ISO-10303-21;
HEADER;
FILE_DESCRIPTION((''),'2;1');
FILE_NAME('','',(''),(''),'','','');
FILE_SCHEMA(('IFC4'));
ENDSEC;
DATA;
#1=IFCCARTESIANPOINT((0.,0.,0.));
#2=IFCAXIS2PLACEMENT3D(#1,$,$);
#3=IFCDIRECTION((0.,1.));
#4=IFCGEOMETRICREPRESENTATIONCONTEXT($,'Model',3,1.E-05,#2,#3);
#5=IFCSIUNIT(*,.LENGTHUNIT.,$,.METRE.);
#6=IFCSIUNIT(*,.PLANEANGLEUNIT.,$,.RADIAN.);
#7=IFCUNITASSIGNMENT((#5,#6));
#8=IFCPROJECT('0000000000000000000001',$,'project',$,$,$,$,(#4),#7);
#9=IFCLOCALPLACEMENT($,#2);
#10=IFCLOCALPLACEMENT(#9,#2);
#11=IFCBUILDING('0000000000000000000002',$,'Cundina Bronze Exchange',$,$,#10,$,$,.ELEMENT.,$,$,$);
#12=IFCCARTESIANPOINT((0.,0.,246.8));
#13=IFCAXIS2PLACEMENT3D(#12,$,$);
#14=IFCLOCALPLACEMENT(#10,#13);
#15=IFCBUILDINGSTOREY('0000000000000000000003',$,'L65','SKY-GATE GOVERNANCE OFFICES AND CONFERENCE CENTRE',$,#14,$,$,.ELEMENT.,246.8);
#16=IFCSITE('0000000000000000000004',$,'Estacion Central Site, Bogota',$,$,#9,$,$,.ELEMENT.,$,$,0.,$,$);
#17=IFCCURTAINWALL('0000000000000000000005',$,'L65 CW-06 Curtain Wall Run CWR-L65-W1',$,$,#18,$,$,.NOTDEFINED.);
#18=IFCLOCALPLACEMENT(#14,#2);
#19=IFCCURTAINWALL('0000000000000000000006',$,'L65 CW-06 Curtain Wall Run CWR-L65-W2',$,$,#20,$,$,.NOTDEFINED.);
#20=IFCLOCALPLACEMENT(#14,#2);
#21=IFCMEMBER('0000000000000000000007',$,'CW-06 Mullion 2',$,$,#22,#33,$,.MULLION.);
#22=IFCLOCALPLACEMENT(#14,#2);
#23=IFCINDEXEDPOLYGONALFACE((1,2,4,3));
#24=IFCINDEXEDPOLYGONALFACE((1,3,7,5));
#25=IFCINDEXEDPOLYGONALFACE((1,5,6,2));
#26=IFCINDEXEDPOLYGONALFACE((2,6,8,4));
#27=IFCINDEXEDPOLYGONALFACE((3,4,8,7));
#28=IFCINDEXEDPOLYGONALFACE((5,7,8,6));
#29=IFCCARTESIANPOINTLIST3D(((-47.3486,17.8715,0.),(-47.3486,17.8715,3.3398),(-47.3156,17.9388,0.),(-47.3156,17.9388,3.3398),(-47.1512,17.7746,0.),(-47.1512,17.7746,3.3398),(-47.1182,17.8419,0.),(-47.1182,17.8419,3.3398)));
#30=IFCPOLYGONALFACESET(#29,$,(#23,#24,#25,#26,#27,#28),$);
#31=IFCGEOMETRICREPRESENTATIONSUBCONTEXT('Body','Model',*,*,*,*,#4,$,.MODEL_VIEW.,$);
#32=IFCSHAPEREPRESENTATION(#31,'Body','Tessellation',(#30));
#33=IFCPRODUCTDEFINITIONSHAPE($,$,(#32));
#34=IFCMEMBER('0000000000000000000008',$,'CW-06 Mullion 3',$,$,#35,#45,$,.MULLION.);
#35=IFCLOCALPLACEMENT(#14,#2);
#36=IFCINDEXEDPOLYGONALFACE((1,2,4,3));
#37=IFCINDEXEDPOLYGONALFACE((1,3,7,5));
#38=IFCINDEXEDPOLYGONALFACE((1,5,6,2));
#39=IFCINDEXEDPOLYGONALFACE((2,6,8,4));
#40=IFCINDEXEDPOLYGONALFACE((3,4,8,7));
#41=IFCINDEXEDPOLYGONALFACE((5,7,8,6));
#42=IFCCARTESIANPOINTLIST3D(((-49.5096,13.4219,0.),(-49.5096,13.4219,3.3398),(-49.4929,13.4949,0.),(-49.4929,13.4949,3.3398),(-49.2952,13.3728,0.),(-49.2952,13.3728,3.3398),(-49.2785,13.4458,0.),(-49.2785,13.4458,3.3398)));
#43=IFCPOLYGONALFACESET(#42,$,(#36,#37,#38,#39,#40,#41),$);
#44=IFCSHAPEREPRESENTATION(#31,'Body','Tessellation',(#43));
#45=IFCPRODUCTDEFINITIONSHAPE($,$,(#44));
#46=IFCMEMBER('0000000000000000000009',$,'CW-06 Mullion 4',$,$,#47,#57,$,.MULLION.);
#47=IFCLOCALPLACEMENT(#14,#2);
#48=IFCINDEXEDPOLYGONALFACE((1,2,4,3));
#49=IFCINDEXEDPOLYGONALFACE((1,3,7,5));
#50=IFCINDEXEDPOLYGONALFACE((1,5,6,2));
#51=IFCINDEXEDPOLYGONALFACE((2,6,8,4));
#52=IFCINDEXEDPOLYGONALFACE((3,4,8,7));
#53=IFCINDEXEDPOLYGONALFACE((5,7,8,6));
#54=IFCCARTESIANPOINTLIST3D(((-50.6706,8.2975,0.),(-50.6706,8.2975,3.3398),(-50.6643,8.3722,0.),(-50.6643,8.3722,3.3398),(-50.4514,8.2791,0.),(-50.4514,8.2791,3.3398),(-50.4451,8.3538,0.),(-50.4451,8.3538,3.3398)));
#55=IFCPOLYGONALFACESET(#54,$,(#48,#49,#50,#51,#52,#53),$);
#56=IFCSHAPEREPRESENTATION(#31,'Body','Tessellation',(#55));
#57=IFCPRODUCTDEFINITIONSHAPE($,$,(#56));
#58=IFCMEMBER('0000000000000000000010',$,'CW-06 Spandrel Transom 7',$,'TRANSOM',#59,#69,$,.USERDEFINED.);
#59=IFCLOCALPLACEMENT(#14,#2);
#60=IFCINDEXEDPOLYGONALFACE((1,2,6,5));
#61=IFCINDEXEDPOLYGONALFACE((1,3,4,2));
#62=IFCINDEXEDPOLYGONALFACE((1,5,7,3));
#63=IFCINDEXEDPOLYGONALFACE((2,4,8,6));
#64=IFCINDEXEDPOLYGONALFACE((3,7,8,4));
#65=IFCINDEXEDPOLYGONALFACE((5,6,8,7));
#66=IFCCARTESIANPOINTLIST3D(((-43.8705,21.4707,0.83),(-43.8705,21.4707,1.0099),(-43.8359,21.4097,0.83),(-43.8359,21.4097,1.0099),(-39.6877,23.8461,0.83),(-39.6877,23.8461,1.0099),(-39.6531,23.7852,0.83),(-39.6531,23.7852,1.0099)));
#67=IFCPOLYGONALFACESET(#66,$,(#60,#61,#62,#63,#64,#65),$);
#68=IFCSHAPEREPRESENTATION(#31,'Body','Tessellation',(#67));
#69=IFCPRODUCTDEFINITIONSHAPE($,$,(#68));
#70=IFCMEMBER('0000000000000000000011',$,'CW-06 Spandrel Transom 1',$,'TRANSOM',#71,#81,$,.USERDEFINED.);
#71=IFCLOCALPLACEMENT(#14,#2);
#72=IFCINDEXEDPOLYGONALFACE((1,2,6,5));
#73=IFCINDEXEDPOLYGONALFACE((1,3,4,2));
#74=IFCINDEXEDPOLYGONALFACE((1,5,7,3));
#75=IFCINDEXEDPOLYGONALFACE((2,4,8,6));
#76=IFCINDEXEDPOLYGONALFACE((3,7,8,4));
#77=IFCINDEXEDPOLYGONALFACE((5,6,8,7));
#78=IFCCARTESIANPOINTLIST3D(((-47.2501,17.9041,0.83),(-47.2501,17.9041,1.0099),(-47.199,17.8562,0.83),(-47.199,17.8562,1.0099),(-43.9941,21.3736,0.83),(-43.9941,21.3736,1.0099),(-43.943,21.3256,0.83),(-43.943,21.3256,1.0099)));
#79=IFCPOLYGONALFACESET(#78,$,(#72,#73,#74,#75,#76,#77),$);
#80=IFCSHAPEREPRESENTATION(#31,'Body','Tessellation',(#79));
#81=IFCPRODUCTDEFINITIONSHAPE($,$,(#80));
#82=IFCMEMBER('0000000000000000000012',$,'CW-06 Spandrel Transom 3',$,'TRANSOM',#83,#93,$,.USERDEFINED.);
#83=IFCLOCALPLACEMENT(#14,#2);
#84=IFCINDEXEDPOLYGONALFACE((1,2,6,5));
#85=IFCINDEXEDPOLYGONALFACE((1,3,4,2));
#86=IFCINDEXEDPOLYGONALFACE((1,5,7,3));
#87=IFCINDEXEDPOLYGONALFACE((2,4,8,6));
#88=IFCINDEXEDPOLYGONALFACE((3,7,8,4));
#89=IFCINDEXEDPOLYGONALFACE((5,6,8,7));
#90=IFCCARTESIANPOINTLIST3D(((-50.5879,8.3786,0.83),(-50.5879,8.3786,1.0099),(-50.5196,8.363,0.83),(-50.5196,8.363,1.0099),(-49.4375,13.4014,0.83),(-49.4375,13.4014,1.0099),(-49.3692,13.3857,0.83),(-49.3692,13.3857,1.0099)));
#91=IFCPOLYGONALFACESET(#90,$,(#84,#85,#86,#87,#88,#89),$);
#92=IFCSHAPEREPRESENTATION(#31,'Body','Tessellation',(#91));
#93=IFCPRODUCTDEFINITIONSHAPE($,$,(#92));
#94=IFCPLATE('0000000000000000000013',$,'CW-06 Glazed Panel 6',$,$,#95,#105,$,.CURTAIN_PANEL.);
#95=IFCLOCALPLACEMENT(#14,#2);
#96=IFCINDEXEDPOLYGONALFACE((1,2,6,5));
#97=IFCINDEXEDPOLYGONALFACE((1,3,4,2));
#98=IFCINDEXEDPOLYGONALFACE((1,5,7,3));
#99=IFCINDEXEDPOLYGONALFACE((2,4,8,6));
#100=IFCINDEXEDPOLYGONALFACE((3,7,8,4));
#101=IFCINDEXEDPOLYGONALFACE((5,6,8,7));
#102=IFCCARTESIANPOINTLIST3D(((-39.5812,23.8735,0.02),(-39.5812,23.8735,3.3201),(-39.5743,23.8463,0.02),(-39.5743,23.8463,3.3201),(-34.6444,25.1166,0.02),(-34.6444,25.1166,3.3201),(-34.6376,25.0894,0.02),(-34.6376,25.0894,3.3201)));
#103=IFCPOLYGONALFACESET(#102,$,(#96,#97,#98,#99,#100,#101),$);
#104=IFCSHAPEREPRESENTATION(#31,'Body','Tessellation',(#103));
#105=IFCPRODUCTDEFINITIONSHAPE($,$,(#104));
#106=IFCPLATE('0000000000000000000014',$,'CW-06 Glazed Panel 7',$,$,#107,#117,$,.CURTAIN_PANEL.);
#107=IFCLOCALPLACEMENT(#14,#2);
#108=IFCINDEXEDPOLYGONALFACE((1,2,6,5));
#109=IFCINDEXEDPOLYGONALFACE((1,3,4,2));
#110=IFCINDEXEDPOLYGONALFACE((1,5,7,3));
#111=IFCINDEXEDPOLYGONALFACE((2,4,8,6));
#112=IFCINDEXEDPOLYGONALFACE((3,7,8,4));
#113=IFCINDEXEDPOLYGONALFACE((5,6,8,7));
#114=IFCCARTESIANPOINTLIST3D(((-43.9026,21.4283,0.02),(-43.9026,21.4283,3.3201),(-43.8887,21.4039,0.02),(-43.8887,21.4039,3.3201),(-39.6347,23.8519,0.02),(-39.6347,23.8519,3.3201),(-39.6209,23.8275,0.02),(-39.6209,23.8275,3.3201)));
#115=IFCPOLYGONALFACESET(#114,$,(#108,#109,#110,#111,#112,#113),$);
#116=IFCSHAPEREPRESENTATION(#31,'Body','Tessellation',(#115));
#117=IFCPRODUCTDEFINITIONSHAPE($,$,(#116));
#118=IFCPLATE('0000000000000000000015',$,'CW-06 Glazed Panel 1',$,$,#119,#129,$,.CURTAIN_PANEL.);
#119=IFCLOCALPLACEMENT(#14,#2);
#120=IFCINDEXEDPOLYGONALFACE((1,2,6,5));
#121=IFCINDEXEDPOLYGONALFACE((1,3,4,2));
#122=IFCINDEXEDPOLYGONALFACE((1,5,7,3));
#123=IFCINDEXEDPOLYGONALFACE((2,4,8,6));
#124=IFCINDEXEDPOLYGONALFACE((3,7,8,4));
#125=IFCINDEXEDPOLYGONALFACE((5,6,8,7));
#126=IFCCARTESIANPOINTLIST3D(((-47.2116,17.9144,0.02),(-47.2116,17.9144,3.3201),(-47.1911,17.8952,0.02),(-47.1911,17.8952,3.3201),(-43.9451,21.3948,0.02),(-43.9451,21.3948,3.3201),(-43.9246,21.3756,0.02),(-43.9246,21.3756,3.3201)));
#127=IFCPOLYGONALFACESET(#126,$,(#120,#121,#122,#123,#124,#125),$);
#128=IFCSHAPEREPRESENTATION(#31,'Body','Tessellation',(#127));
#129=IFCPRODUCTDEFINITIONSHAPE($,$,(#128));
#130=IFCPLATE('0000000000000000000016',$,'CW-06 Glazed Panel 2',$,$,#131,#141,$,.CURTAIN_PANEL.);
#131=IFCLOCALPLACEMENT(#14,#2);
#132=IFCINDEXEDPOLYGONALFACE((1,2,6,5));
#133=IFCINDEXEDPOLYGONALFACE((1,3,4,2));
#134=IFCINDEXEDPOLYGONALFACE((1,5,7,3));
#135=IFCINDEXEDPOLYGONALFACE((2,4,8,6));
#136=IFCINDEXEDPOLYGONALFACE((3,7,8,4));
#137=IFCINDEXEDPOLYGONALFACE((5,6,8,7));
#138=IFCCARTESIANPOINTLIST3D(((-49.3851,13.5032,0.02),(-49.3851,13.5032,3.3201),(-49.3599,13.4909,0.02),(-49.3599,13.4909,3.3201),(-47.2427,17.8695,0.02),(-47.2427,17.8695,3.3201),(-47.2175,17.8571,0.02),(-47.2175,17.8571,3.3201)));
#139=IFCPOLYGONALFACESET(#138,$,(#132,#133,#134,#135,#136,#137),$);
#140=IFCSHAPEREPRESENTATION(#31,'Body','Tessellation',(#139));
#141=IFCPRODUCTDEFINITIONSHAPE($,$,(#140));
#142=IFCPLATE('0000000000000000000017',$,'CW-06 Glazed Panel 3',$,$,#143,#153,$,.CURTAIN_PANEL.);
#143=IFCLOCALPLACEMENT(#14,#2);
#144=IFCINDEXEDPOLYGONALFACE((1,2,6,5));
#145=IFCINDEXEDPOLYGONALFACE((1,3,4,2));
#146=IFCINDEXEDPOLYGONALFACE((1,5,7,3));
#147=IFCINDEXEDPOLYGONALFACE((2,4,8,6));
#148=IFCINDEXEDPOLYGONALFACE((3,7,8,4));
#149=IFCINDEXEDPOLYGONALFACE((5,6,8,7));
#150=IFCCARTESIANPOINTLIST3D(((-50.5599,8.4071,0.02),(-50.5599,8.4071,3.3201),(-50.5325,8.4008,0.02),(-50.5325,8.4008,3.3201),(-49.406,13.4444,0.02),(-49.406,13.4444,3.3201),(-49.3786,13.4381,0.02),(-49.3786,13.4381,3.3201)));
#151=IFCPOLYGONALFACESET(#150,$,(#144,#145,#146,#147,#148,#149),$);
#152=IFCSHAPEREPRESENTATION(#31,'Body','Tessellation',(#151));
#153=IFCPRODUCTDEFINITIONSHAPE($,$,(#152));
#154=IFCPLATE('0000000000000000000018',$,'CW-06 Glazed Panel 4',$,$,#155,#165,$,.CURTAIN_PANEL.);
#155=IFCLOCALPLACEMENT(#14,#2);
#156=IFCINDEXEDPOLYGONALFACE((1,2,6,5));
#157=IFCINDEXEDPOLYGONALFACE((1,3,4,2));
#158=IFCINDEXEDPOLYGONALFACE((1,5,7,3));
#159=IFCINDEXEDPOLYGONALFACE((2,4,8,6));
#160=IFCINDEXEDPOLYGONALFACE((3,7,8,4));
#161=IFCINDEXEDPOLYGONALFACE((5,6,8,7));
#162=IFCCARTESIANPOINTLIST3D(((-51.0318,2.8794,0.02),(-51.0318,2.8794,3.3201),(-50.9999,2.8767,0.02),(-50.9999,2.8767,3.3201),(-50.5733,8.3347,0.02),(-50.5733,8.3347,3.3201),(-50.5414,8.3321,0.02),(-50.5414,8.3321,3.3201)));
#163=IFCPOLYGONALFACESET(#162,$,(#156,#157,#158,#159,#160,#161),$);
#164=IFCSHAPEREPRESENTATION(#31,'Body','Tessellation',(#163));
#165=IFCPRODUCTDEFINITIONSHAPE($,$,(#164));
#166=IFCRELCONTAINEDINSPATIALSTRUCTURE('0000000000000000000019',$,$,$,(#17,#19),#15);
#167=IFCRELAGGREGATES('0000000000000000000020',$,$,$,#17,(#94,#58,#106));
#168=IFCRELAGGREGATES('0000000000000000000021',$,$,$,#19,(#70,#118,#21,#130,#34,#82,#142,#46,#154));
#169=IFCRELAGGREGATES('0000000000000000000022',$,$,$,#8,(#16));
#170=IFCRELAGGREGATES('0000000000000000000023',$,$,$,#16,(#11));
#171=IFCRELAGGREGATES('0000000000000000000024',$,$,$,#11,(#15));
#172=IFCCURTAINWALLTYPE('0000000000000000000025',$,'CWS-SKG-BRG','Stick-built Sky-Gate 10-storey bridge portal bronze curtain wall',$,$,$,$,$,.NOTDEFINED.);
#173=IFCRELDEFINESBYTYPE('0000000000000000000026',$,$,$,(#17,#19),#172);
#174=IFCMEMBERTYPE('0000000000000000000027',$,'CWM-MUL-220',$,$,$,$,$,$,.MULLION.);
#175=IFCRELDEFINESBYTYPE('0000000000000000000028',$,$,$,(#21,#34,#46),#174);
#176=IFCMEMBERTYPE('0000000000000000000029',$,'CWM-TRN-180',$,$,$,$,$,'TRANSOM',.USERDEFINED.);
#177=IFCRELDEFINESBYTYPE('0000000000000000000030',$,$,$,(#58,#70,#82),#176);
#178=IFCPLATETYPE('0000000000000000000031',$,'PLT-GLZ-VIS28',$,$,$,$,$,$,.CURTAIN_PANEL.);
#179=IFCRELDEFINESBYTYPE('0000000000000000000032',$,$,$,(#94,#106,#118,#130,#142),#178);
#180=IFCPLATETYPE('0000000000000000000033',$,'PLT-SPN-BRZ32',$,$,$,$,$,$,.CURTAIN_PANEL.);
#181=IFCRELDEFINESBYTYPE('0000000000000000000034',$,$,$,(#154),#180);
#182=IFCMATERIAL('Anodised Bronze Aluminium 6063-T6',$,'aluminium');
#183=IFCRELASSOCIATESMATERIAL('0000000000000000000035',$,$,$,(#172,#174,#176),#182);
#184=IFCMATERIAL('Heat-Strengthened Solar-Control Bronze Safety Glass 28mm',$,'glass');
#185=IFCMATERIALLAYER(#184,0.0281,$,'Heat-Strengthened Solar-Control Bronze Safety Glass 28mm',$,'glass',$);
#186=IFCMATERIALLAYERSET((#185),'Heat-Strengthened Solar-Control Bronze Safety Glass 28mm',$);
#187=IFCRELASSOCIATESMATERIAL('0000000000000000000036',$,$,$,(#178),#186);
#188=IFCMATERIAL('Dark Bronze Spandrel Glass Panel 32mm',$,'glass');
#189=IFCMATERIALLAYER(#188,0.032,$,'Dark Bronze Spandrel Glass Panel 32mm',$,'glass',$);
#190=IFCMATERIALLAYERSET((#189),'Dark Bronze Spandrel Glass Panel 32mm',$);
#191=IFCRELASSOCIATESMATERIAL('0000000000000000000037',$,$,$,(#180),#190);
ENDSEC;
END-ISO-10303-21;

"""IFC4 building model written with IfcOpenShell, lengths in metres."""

from ifc_helpers import new_model, si_unit, direction, frame, origin, origin_2d, place, context, subcontext, project, spatial, rectangle, extrude, material, layer, layer_set, material_profile, profile_set, type_object, element, aggregate, save


model = new_model("IFC4")

# Units and contexts
model_context = context("Model", 3, precision=1e-05, world=origin(), true_north=direction((0.0, 1.0)))
body_context = subcontext(model_context, "Body", "Model", "MODEL_VIEW")
ifc_project = project(units=[si_unit("LENGTHUNIT", "METRE"), si_unit("PLANEANGLEUNIT", "RADIAN")], contexts=[model_context])

# Site, building, storey
site_placement = place(None, origin())
site = spatial("IfcSite", under=ifc_project, at=site_placement, Name="Estacion Central Site, Bogota", CompositionType="ELEMENT", RefElevation=0.0)
building_placement = place(site_placement, origin())
building = spatial("IfcBuilding", under=site, at=building_placement, Name="Cundina Bronze Exchange", CompositionType="ELEMENT")
storey_placement = place(building_placement, frame((0.0, 0.0, 246.8)))
storey = spatial("IfcBuildingStorey", under=building, at=storey_placement, Name="L65", Description="SKY-GATE GOVERNANCE OFFICES AND CONFERENCE CENTRE", CompositionType="ELEMENT", Elevation=246.8)

# Curtain walls, members
ifc_material_1 = material(Name="Anodised Bronze Aluminium 6063-T6", Category="aluminium")
curtain_wall_type = type_object("IfcCurtainWallType", Name="CWS-SKG-BRG", Description="Stick-built Sky-Gate 10-storey bridge portal bronze curtain wall", PredefinedType="NOTDEFINED", material=ifc_material_1)
curtain_wall_1_placement = place(storey_placement, origin())
curtain_wall_1 = element("IfcCurtainWall", 1, at=curtain_wall_1_placement, inside=storey, type_object=curtain_wall_type, Name="L65 CW-06 Curtain Wall Run CWR-L65-W1", PredefinedType="NOTDEFINED")
ifc_material_profile_1 = material_profile(ifc_material_1, rectangle(XDim=0.075, YDim=0.22, at=origin_2d()), Name="AL75X220", Category="aluminium")
ifc_profile_set_1 = profile_set([ifc_material_profile_1], Name="Anodised Bronze Aluminium 6063-T6")
member_type_1 = type_object("IfcMemberType", Name="CWM-MUL-220", PredefinedType="MULLION", material=ifc_profile_set_1)
curtain_wall_2_placement = place(storey_placement, origin())
curtain_wall_2 = element("IfcCurtainWall", 2, at=curtain_wall_2_placement, inside=storey, type_object=curtain_wall_type, Name="L65 CW-06 Curtain Wall Run CWR-L65-W2", PredefinedType="NOTDEFINED")
member_1_placement = place(storey_placement, frame((-47.2334, 17.8567, 0.0), z_axis=(0.0, 0.0, 1.0), x_axis=(-0.440566, -0.89772, 0.0)))
member_1 = element("IfcMember", 3, at=member_1_placement, type_object=member_type_1, Name="CW-06 Mullion 2", PredefinedType="MULLION", context=body_context, shape_type="SweptSolid", body=[
    extrude(rectangle(XDim=0.075, YDim=0.22, at=origin_2d()), origin(), (0.0, 0.0, 1.0), 3.3398),
])
member_2_placement = place(storey_placement, frame((-49.394, 13.4338, 0.0), z_axis=(0.0, 0.0, 1.0), x_axis=(-0.22325, -0.974761, 0.0)))
member_2 = element("IfcMember", 4, at=member_2_placement, type_object=member_type_1, Name="CW-06 Mullion 3", PredefinedType="MULLION", context=body_context, shape_type="SweptSolid", body=[
    extrude(rectangle(XDim=0.075, YDim=0.22, at=origin_2d()), origin(), (0.0, 0.0, 1.0), 3.3398),
])
member_3_placement = place(storey_placement, frame((-50.5579, 8.3257, 0.0), z_axis=(0.0, 0.0, 1.0), x_axis=(-0.083678, -0.996493, 0.0)))
member_3 = element("IfcMember", 5, at=member_3_placement, type_object=member_type_1, Name="CW-06 Mullion 4", PredefinedType="MULLION", context=body_context, shape_type="SweptSolid", body=[
    extrude(rectangle(XDim=0.075, YDim=0.22, at=origin_2d()), origin(), (0.0, 0.0, 1.0), 3.3398),
])

# Members
ifc_material_profile_2 = material_profile(ifc_material_1, rectangle(XDim=0.0701, YDim=0.1799, at=origin_2d()), Name="AL70X180", Category="aluminium")
ifc_profile_set_2 = profile_set([ifc_material_profile_2], Name="Anodised Bronze Aluminium 6063-T6")
member_type_2 = type_object("IfcMemberType", Name="CWM-TRN-180", ElementType="TRANSOM", PredefinedType="USERDEFINED", material=ifc_profile_set_2)
member_4_placement = place(storey_placement, frame((-39.6704, 23.8157, 0.9199), z_axis=(-0.869558, -0.493831, 0.0), x_axis=(0.493831, -0.869558, 0.0)))
member_4 = element("IfcMember", 6, at=member_4_placement, type_object=member_type_2, Name="CW-06 Spandrel Transom 7", ObjectType="TRANSOM", PredefinedType="USERDEFINED", context=body_context, shape_type="SweptSolid", body=[
    extrude(rectangle(XDim=0.0701, YDim=0.1799, at=origin_2d()), origin(), (0.0, 0.0, 1.0), 4.8103),
])
member_5_placement = place(storey_placement, frame((-43.9685, 21.3496, 0.9199), z_axis=(-0.684328, -0.729174, 0.0), x_axis=(0.729174, -0.684328, 0.0)))
member_5 = element("IfcMember", 7, at=member_5_placement, type_object=member_type_2, Name="CW-06 Spandrel Transom 1", ObjectType="TRANSOM", PredefinedType="USERDEFINED", context=body_context, shape_type="SweptSolid", body=[
    extrude(rectangle(XDim=0.0701, YDim=0.1799, at=origin_2d()), origin(), (0.0, 0.0, 1.0), 4.7581),
])
member_6_placement = place(storey_placement, frame((-49.4033, 13.3936, 0.9199), z_axis=(-0.223257, -0.97476, 0.0), x_axis=(0.97476, -0.223257, 0.0)))
member_6 = element("IfcMember", 8, at=member_6_placement, type_object=member_type_2, Name="CW-06 Spandrel Transom 3", ObjectType="TRANSOM", PredefinedType="USERDEFINED", context=body_context, shape_type="SweptSolid", body=[
    extrude(rectangle(XDim=0.0701, YDim=0.1799, at=origin_2d()), origin(), (0.0, 0.0, 1.0), 5.1528),
])

# Plates
ifc_material_2 = material(Name="Heat-Strengthened Solar-Control Bronze Safety Glass 28mm", Category="glass")
ifc_layer_1 = layer(ifc_material_2, 0.0281, Name="Heat-Strengthened Solar-Control Bronze Safety Glass 28mm", Category="glass")
ifc_layer_set_1 = layer_set([ifc_layer_1], Name="Heat-Strengthened Solar-Control Bronze Safety Glass 28mm")
plate_type_1 = type_object("IfcPlateType", Name="PLT-GLZ-VIS28", PredefinedType="CURTAIN_PANEL", material=ifc_layer_set_1)
plate_1_placement = place(storey_placement, frame((-37.1094, 24.4814, 0.02), z_axis=(0.0, 0.0, 1.0), x_axis=(-0.969732, -0.244174, 0.0)))
plate_1 = element("IfcPlate", 9, at=plate_1_placement, type_object=plate_type_1, Name="CW-06 Glazed Panel 6", PredefinedType="CURTAIN_PANEL", context=body_context, shape_type="SweptSolid", body=[
    extrude(rectangle(XDim=5.0908, YDim=0.0281, at=origin_2d()), origin(), (0.0, 0.0, 1.0), 3.3),
])
plate_2_placement = place(storey_placement, frame((-41.7617, 22.6279, 0.02), z_axis=(0.0, 0.0, 1.0), x_axis=(-0.869573, -0.493805, 0.0)))
plate_2 = element("IfcPlate", 10, at=plate_2_placement, type_object=plate_type_1, Name="CW-06 Glazed Panel 7", PredefinedType="CURTAIN_PANEL", context=body_context, shape_type="SweptSolid", body=[
    extrude(rectangle(XDim=4.908, YDim=0.0281, at=origin_2d()), origin(), (0.0, 0.0, 1.0), 3.3),
])
aggregate(curtain_wall_1, [plate_1, member_4, plate_2])
plate_3_placement = place(storey_placement, frame((-45.5681, 19.645, 0.02), z_axis=(0.0, 0.0, 1.0), x_axis=(-0.684344, -0.72916, 0.0)))
plate_3 = element("IfcPlate", 11, at=plate_3_placement, type_object=plate_type_1, Name="CW-06 Glazed Panel 1", PredefinedType="CURTAIN_PANEL", context=body_context, shape_type="SweptSolid", body=[
    extrude(rectangle(XDim=4.7732, YDim=0.0281, at=origin_2d()), origin(), (0.0, 0.0, 1.0), 3.3),
])
plate_4_placement = place(storey_placement, frame((-48.3013, 15.6802, 0.02), z_axis=(0.0, 0.0, 1.0), x_axis=(-0.440503, -0.897751, 0.0)))
plate_4 = element("IfcPlate", 12, at=plate_4_placement, type_object=plate_type_1, Name="CW-06 Glazed Panel 2", PredefinedType="CURTAIN_PANEL", context=body_context, shape_type="SweptSolid", body=[
    extrude(rectangle(XDim=4.8635, YDim=0.0281, at=origin_2d()), origin(), (0.0, 0.0, 1.0), 3.3),
])
plate_5_placement = place(storey_placement, frame((-49.9692, 10.9226, 0.02), z_axis=(0.0, 0.0, 1.0), x_axis=(-0.223284, -0.974753, 0.0)))
plate_5 = element("IfcPlate", 13, at=plate_5_placement, type_object=plate_type_1, Name="CW-06 Glazed Panel 3", PredefinedType="CURTAIN_PANEL", context=body_context, shape_type="SweptSolid", body=[
    extrude(rectangle(XDim=5.1677, YDim=0.0281, at=origin_2d()), origin(), (0.0, 0.0, 1.0), 3.3),
])
ifc_material_3 = material(Name="Dark Bronze Spandrel Glass Panel 32mm", Category="glass")
ifc_layer_2 = layer(ifc_material_3, 0.032, Name="Dark Bronze Spandrel Glass Panel 32mm", Category="glass")
ifc_layer_set_2 = layer_set([ifc_layer_2], Name="Dark Bronze Spandrel Glass Panel 32mm")
plate_type_2 = type_object("IfcPlateType", Name="PLT-SPN-BRZ32", PredefinedType="CURTAIN_PANEL", material=ifc_layer_set_2)
plate_6_placement = place(storey_placement, frame((-50.7866, 5.6057, 0.02), z_axis=(0.0, 0.0, 1.0), x_axis=(-0.083747, -0.996487, 0.0)))
plate_6 = element("IfcPlate", 14, at=plate_6_placement, type_object=plate_type_2, Name="CW-06 Glazed Panel 4", PredefinedType="CURTAIN_PANEL", context=body_context, shape_type="SweptSolid", body=[
    extrude(rectangle(XDim=5.4746, YDim=0.032, at=origin_2d()), origin(), (0.0, 0.0, 1.0), 3.3),
])
aggregate(curtain_wall_2, [member_5, plate_3, member_1, plate_4, member_2, member_6, plate_5, member_3, plate_6])

save(model, "model.ifc")
